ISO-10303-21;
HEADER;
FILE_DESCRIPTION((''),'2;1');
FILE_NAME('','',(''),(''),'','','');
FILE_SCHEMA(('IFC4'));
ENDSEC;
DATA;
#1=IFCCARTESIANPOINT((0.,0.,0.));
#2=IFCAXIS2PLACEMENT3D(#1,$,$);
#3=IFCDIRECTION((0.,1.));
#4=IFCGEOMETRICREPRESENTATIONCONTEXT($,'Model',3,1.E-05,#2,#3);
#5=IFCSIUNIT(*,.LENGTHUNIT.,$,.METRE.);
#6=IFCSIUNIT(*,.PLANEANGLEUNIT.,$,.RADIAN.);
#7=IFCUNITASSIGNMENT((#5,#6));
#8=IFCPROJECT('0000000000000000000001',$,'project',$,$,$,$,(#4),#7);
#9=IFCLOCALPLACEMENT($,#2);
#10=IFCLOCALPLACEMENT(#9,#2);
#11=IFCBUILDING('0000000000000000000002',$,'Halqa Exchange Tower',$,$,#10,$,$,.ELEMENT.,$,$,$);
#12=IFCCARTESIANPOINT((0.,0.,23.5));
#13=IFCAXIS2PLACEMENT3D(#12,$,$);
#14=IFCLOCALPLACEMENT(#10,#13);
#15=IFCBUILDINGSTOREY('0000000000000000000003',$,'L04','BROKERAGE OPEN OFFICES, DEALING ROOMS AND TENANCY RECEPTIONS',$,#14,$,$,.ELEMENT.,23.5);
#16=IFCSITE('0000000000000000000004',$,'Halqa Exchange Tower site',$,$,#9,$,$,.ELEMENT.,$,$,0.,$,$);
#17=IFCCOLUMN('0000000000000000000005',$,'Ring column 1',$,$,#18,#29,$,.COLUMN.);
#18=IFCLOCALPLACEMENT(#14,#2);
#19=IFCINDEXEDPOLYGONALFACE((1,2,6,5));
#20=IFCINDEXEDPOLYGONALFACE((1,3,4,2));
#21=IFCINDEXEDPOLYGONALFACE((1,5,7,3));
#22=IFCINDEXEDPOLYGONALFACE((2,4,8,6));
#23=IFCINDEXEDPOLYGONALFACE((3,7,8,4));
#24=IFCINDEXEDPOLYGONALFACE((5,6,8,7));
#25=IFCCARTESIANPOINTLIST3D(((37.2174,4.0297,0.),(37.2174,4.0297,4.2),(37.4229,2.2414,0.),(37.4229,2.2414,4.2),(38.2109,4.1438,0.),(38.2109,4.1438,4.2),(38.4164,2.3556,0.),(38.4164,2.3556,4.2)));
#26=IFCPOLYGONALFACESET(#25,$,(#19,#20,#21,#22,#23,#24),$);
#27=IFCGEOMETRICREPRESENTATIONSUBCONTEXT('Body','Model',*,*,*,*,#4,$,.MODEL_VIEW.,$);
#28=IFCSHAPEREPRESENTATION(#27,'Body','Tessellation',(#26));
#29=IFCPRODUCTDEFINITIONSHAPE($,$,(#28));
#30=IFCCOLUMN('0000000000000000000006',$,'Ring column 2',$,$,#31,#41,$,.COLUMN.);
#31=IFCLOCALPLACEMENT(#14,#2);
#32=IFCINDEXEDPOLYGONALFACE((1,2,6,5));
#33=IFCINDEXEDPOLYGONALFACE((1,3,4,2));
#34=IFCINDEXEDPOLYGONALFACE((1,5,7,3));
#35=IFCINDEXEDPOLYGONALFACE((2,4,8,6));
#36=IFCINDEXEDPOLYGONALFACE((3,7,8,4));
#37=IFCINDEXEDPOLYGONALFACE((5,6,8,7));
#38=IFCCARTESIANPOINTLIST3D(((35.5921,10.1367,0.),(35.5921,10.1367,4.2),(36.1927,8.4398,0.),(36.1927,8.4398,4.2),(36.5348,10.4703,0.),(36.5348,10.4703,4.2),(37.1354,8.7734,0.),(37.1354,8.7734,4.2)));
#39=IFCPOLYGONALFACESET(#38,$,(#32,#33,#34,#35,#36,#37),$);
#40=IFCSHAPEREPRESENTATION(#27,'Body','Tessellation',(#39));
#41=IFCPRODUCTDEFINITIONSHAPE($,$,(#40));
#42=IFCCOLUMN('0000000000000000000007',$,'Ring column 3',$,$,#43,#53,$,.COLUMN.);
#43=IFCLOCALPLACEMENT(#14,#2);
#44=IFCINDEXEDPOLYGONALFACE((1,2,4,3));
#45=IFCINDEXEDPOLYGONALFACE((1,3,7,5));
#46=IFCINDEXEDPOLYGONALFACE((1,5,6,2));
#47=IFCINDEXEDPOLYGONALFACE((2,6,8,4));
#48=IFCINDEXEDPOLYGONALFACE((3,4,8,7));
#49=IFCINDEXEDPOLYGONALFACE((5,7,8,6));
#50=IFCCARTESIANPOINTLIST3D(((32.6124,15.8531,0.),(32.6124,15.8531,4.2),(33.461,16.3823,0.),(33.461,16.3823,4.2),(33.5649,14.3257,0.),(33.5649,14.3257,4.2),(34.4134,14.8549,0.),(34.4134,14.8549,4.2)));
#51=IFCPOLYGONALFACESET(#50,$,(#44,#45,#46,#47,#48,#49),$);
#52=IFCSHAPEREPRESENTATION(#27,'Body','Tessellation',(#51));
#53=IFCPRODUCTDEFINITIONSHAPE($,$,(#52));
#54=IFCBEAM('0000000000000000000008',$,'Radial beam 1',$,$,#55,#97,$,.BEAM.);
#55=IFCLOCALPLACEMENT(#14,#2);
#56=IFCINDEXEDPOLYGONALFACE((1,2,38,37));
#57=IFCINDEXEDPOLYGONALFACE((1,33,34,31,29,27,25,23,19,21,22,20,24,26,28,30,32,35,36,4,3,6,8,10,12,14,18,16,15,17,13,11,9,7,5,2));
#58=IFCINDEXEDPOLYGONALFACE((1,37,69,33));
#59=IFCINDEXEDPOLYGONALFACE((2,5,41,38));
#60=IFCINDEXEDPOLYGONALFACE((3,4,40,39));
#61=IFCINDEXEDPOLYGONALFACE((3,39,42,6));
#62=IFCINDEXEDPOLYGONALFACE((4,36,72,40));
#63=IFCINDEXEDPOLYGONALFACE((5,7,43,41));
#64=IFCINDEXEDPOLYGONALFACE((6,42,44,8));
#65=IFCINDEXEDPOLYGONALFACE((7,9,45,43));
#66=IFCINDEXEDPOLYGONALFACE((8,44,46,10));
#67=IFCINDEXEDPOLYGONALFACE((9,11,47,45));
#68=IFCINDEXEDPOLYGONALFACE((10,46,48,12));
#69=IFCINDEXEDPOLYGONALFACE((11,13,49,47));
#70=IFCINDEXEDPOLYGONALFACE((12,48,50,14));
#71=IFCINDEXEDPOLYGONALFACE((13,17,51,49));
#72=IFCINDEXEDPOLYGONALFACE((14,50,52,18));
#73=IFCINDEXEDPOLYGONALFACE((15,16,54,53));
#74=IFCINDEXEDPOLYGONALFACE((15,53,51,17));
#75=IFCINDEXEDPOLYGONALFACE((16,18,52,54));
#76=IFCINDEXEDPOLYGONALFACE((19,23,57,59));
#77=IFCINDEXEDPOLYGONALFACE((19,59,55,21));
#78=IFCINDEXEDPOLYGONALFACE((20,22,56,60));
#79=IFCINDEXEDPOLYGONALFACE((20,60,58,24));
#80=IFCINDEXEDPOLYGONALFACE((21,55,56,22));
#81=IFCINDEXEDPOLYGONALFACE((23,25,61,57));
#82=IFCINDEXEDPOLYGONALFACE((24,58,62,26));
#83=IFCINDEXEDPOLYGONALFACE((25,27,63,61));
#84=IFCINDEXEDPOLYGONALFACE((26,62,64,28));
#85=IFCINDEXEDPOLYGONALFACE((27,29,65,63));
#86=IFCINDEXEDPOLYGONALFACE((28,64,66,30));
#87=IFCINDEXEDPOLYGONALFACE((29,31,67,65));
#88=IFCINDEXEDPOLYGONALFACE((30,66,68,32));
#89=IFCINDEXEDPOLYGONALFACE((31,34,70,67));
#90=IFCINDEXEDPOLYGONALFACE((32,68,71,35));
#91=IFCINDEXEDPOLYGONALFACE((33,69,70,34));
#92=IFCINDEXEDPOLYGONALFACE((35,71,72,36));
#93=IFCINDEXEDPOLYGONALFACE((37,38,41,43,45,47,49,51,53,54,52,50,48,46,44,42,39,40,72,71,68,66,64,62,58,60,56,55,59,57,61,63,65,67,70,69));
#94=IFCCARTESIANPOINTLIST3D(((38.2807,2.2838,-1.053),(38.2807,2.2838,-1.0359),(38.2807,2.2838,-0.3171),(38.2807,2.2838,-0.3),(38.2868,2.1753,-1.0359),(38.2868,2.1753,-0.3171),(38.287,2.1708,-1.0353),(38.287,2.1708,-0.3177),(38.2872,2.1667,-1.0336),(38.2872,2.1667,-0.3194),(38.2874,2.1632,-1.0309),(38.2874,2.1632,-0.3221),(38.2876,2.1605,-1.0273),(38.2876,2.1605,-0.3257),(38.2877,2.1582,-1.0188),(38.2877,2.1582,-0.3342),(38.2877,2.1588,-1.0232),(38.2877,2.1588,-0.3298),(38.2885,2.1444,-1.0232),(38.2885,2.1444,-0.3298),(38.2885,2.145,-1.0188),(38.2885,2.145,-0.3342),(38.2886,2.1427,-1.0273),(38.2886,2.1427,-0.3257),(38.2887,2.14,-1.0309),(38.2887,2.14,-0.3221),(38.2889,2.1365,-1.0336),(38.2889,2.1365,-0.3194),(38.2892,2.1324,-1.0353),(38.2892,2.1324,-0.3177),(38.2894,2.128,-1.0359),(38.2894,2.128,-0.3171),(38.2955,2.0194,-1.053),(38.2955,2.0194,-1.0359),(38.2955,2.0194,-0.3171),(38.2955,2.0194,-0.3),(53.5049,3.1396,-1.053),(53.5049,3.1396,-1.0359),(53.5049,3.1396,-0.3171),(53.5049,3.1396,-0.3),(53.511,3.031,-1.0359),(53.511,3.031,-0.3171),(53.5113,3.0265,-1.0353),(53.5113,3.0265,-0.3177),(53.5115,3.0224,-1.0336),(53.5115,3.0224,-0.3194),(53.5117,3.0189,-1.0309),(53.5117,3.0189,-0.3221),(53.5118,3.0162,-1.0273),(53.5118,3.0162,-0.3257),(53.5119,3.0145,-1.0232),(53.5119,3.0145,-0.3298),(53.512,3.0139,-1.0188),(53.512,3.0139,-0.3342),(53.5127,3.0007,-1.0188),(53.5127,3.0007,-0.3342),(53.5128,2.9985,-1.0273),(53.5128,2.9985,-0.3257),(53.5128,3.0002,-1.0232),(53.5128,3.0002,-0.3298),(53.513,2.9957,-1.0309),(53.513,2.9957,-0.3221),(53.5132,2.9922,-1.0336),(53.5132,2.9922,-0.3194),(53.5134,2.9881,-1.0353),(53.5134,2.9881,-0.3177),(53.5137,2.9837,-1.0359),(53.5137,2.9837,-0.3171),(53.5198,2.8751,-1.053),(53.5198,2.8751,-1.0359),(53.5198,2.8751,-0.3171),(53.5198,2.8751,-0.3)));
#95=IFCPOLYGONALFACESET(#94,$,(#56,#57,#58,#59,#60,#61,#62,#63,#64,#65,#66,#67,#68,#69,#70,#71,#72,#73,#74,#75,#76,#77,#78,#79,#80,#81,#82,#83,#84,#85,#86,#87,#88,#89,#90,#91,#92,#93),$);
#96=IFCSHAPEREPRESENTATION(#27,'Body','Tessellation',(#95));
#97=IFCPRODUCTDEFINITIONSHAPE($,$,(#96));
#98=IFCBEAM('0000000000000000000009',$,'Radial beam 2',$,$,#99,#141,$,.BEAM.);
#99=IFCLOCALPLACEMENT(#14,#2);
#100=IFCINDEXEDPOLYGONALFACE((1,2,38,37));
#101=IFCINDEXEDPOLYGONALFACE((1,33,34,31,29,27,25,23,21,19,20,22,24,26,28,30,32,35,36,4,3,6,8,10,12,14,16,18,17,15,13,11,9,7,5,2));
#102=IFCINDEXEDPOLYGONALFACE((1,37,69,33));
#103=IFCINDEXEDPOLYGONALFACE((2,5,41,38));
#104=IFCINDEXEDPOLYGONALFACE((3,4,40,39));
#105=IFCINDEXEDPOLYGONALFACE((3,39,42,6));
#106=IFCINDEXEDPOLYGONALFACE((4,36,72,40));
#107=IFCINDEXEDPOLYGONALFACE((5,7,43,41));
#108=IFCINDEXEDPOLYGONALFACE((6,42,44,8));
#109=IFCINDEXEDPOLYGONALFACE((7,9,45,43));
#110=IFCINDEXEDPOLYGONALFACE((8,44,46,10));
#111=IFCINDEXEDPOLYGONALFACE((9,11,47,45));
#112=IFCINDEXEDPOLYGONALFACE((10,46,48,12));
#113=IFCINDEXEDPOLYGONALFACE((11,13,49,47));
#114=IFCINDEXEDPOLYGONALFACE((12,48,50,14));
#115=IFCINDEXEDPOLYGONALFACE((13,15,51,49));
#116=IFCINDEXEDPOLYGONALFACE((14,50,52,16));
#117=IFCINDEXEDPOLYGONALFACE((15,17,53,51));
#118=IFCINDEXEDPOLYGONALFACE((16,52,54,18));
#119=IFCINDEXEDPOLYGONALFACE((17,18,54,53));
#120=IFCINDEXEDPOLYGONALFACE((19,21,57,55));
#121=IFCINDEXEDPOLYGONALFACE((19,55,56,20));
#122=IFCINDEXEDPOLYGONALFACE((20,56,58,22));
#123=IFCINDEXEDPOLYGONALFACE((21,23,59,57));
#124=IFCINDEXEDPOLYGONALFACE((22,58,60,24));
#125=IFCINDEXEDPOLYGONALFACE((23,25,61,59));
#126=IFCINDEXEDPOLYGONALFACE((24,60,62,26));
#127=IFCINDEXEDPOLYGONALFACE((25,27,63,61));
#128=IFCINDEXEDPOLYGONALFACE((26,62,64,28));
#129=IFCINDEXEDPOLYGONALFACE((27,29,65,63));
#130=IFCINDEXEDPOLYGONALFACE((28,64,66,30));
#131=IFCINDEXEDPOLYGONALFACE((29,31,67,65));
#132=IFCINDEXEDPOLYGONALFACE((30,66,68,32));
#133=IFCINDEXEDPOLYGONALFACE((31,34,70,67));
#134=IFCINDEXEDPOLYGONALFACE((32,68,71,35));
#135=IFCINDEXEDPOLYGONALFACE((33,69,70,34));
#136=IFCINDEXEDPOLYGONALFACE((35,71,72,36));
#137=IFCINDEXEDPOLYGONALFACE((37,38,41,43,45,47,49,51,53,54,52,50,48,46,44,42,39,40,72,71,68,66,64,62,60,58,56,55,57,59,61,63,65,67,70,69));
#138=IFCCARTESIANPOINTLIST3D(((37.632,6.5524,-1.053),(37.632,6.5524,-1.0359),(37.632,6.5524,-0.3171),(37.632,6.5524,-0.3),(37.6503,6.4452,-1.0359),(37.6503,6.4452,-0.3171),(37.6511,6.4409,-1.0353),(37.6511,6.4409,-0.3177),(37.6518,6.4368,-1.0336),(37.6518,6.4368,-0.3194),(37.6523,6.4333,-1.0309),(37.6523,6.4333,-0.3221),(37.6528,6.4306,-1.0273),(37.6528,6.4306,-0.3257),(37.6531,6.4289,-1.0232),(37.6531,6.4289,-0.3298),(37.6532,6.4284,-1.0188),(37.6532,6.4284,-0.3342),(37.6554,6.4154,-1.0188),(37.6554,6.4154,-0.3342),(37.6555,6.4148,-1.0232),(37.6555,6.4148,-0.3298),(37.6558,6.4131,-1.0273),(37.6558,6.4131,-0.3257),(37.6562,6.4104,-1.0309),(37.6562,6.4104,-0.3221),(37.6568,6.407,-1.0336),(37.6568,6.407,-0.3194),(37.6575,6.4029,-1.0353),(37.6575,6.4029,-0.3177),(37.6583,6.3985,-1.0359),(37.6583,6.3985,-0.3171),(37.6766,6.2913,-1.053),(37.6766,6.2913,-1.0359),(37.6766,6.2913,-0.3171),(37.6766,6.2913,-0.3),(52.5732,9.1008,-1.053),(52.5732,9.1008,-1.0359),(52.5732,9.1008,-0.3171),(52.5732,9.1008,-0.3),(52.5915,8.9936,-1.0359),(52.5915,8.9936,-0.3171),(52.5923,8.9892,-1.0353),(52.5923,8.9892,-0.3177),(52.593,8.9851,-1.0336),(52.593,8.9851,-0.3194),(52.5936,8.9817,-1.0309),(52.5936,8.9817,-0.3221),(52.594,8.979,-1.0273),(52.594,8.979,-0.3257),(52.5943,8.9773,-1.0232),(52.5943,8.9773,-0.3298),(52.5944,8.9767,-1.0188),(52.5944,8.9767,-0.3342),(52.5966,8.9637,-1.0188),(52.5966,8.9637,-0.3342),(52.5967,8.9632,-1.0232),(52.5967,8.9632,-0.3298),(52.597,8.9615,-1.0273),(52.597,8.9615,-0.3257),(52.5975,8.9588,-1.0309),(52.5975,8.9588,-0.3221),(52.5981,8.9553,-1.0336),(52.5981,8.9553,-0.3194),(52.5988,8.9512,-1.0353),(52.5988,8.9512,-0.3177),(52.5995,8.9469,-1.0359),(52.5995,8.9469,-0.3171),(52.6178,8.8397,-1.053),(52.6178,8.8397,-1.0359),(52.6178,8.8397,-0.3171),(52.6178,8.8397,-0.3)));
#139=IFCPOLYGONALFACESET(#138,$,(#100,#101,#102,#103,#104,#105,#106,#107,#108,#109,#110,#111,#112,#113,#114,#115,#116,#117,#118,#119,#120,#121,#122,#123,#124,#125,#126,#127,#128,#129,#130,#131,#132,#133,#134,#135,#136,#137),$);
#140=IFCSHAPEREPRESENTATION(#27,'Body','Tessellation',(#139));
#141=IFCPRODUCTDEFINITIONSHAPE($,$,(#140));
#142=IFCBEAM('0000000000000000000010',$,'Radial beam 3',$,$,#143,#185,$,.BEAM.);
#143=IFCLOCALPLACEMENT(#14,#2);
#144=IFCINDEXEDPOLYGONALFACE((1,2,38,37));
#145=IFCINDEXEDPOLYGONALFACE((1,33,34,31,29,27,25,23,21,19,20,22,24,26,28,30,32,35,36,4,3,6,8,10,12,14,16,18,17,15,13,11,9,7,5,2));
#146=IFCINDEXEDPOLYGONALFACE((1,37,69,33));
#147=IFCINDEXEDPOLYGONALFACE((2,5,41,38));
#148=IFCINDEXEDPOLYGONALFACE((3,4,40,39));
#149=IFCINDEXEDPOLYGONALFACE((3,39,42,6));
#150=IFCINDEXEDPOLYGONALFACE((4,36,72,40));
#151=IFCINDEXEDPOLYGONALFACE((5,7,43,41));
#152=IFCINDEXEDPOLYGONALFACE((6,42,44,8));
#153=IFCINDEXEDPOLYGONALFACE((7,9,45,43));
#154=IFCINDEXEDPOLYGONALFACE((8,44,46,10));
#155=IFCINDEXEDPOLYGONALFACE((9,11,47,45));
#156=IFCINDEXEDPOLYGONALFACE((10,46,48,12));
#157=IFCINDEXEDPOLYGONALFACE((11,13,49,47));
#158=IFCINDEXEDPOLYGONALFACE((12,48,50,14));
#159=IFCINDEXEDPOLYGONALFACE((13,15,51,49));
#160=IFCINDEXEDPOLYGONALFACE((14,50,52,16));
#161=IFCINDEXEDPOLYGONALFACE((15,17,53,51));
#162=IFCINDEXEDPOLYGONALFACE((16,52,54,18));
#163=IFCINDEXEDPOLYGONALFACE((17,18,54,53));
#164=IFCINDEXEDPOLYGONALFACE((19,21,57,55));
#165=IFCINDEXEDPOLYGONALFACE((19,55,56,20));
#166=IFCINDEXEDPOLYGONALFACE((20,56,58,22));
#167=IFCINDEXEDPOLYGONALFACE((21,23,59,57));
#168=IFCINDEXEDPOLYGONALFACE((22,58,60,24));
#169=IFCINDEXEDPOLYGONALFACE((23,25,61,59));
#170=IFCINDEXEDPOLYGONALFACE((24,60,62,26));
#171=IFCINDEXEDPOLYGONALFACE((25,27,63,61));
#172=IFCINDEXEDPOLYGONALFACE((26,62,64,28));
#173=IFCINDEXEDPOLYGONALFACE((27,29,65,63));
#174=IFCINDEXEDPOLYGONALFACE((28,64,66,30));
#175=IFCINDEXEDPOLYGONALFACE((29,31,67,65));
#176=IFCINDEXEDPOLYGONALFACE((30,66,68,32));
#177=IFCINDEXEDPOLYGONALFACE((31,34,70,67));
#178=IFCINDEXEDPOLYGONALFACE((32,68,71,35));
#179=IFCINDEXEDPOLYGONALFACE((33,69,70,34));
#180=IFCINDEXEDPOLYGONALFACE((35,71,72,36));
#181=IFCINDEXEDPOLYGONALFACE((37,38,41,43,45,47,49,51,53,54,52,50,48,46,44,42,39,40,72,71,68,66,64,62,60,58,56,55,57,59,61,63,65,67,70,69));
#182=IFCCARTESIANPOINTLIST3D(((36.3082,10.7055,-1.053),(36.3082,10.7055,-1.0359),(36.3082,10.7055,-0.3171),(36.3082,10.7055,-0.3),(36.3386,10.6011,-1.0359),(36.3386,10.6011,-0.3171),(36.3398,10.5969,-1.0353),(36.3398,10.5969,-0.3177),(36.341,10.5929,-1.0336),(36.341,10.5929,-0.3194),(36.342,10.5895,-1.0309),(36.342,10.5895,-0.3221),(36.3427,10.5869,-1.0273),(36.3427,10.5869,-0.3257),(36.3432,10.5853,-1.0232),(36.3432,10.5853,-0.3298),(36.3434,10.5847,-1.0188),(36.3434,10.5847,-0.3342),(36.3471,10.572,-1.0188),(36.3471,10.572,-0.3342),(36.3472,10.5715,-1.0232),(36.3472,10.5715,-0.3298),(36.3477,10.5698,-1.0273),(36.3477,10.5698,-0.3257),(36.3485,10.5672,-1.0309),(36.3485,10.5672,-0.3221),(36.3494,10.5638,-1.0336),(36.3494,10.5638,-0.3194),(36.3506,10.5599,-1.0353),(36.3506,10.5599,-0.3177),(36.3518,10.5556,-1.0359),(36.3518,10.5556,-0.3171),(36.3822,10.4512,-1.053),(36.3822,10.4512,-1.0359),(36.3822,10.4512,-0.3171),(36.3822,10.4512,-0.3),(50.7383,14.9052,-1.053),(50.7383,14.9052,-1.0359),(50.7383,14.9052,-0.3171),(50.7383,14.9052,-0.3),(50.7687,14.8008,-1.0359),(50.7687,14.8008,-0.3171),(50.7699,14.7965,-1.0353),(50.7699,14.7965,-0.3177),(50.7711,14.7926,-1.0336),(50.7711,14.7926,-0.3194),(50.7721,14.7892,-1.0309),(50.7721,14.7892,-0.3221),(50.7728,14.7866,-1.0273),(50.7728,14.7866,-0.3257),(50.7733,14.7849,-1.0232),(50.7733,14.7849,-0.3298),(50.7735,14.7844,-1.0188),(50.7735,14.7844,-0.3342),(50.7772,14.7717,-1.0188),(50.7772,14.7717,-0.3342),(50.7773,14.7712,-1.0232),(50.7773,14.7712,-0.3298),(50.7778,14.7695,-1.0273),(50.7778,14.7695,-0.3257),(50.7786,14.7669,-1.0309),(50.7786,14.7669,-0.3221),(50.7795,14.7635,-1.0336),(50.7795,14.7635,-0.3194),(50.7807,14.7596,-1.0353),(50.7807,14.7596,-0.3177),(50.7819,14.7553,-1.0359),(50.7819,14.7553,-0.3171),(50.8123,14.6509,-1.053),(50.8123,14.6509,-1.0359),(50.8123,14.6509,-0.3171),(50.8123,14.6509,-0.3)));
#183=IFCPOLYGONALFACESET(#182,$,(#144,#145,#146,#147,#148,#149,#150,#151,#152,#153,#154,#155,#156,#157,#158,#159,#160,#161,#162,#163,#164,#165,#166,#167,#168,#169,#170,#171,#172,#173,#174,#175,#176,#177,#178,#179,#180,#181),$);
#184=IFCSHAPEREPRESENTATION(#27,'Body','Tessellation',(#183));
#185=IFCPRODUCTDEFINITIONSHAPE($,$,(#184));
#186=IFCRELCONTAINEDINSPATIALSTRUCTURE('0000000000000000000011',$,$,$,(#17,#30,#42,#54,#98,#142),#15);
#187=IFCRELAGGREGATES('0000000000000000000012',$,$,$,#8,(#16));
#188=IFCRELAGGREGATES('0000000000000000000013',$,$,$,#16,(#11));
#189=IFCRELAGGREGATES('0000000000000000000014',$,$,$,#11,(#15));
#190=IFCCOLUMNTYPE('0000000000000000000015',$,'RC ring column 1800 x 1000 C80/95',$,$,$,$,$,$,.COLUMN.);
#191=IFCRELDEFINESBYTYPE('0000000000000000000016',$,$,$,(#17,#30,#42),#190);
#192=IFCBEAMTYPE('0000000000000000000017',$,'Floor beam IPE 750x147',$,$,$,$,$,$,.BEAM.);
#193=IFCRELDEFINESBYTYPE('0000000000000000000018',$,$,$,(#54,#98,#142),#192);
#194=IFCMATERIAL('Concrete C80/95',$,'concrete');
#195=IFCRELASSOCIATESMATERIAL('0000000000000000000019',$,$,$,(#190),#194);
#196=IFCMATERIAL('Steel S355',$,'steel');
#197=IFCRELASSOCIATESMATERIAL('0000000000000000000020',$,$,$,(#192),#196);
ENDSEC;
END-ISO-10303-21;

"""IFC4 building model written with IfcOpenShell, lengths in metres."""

from ifc_helpers import new_model, si_unit, direction, frame, origin, origin_2d, place, context, subcontext, project, spatial, rectangle, i_section, extrude, material, material_profile, profile_set, type_object, element, save


model = new_model("IFC4")

# Units and contexts
model_context = context("Model", 3, precision=1e-05, world=origin(), true_north=direction((0.0, 1.0)))
body_context = subcontext(model_context, "Body", "Model", "MODEL_VIEW")
ifc_project = project(units=[si_unit("LENGTHUNIT", "METRE"), si_unit("PLANEANGLEUNIT", "RADIAN")], contexts=[model_context])

# Site, building, storey
site_placement = place(None, origin())
site = spatial("IfcSite", under=ifc_project, at=site_placement, Name="Halqa Exchange Tower site", CompositionType="ELEMENT", RefElevation=0.0)
building_placement = place(site_placement, origin())
building = spatial("IfcBuilding", under=site, at=building_placement, Name="Halqa Exchange Tower", CompositionType="ELEMENT")
storey_placement = place(building_placement, frame((0.0, 0.0, 23.5)))
storey = spatial("IfcBuildingStorey", under=building, at=storey_placement, Name="L04", Description="BROKERAGE OPEN OFFICES, DEALING ROOMS AND TENANCY RECEPTIONS", CompositionType="ELEMENT", Elevation=23.5)

# Columns
ifc_material_1 = material(Name="Concrete C80/95", Category="concrete")
ifc_material_profile_1 = material_profile(ifc_material_1, rectangle(XDim=1.8, YDim=1.0, at=origin_2d()), Name="1800 x 1000")
ifc_profile_set_1 = profile_set([ifc_material_profile_1], Name="Concrete C80/95")
column_type = type_object("IfcColumnType", Name="RC ring column 1800 x 1000 C80/95", PredefinedType="COLUMN", material=ifc_profile_set_1)
for number, where, z_axis, x_axis, name in (
    (1, (37.8169, 3.1926, 0.0), (0.0, 0.0, 1.0), (-0.114155, 0.993463, 0.0), "Ring column 1"),
    (2, (36.3638, 9.4551, 0.0), (0.0, 0.0, 1.0), (-0.333628, 0.942705, 0.0), "Ring column 2"),
    (3, (33.5129, 15.354, 0.0), (0.0, 0.0, 1.0), (-0.52914, 0.848534, 0.0), "Ring column 3"),
):
    element("IfcColumn", number, at=place(storey_placement, frame(where, z_axis=z_axis, x_axis=x_axis)), inside=storey, type_object=column_type, Name=name, PredefinedType="COLUMN", context=body_context, shape_type="SweptSolid", body=[
        extrude(rectangle(XDim=1.8, YDim=1.0, at=origin_2d()), origin(), (0.0, 0.0, 1.0), 4.2),
    ])

# Beams
ifc_material_2 = material(Name="Steel S355", Category="steel")
ifc_material_profile_2 = material_profile(ifc_material_2, i_section(OverallWidth=0.2649, OverallDepth=0.7529, WebThickness=0.0132, FlangeThickness=0.0171, FilletRadius=0.0171, at=origin_2d()), Name="IPE 750x147")
ifc_profile_set_2 = profile_set([ifc_material_profile_2], Name="Steel S355")
beam_type_1 = type_object("IfcBeamType", Name="Floor beam IPE 750x147", PredefinedType="BEAM", material=ifc_profile_set_2)
beam_1_placement = place(storey_placement, frame((38.2881, 2.1516, -0.6765), z_axis=(0.998424, 0.056118, 0.0), x_axis=(-0.056118, 0.998424, 0.0)))
element("IfcBeam", 4, at=beam_1_placement, inside=storey, type_object=beam_type_1, Name="Radial beam 1", PredefinedType="BEAM", context=body_context, shape_type="SweptSolid", body=[
    extrude(i_section(OverallWidth=0.2649, OverallDepth=0.7529, WebThickness=0.0132, FlangeThickness=0.0171, FilletRadius=0.0171, at=origin_2d()), origin(), (0.0, 0.0, 1.0), 15.2483),
])
beam_2_placement = place(storey_placement, frame((37.6543, 6.4219, -0.6765), z_axis=(0.985765, 0.16813, 0.0), x_axis=(-0.16813, 0.985765, 0.0)))
element("IfcBeam", 5, at=beam_2_placement, inside=storey, type_object=beam_type_1, Name="Radial beam 2", PredefinedType="BEAM", context=body_context, shape_type="SweptSolid", body=[
    extrude(i_section(OverallWidth=0.2649, OverallDepth=0.7529, WebThickness=0.0132, FlangeThickness=0.0171, FilletRadius=0.0171, at=origin_2d()), origin(), (0.0, 0.0, 1.0), 15.157),
])
beam_3_placement = place(storey_placement, frame((36.3452, 10.5784, -0.6765), z_axis=(0.960162, 0.279442, 0.0), x_axis=(-0.279442, 0.960162, 0.0)))
element("IfcBeam", 6, at=beam_3_placement, inside=storey, type_object=beam_type_1, Name="Radial beam 3", PredefinedType="BEAM", context=body_context, shape_type="SweptSolid", body=[
    extrude(i_section(OverallWidth=0.2649, OverallDepth=0.7529, WebThickness=0.0132, FlangeThickness=0.0171, FilletRadius=0.0171, at=origin_2d()), origin(), (0.0, 0.0, 1.0), 15.0288),
])

save(model, "model.ifc")
